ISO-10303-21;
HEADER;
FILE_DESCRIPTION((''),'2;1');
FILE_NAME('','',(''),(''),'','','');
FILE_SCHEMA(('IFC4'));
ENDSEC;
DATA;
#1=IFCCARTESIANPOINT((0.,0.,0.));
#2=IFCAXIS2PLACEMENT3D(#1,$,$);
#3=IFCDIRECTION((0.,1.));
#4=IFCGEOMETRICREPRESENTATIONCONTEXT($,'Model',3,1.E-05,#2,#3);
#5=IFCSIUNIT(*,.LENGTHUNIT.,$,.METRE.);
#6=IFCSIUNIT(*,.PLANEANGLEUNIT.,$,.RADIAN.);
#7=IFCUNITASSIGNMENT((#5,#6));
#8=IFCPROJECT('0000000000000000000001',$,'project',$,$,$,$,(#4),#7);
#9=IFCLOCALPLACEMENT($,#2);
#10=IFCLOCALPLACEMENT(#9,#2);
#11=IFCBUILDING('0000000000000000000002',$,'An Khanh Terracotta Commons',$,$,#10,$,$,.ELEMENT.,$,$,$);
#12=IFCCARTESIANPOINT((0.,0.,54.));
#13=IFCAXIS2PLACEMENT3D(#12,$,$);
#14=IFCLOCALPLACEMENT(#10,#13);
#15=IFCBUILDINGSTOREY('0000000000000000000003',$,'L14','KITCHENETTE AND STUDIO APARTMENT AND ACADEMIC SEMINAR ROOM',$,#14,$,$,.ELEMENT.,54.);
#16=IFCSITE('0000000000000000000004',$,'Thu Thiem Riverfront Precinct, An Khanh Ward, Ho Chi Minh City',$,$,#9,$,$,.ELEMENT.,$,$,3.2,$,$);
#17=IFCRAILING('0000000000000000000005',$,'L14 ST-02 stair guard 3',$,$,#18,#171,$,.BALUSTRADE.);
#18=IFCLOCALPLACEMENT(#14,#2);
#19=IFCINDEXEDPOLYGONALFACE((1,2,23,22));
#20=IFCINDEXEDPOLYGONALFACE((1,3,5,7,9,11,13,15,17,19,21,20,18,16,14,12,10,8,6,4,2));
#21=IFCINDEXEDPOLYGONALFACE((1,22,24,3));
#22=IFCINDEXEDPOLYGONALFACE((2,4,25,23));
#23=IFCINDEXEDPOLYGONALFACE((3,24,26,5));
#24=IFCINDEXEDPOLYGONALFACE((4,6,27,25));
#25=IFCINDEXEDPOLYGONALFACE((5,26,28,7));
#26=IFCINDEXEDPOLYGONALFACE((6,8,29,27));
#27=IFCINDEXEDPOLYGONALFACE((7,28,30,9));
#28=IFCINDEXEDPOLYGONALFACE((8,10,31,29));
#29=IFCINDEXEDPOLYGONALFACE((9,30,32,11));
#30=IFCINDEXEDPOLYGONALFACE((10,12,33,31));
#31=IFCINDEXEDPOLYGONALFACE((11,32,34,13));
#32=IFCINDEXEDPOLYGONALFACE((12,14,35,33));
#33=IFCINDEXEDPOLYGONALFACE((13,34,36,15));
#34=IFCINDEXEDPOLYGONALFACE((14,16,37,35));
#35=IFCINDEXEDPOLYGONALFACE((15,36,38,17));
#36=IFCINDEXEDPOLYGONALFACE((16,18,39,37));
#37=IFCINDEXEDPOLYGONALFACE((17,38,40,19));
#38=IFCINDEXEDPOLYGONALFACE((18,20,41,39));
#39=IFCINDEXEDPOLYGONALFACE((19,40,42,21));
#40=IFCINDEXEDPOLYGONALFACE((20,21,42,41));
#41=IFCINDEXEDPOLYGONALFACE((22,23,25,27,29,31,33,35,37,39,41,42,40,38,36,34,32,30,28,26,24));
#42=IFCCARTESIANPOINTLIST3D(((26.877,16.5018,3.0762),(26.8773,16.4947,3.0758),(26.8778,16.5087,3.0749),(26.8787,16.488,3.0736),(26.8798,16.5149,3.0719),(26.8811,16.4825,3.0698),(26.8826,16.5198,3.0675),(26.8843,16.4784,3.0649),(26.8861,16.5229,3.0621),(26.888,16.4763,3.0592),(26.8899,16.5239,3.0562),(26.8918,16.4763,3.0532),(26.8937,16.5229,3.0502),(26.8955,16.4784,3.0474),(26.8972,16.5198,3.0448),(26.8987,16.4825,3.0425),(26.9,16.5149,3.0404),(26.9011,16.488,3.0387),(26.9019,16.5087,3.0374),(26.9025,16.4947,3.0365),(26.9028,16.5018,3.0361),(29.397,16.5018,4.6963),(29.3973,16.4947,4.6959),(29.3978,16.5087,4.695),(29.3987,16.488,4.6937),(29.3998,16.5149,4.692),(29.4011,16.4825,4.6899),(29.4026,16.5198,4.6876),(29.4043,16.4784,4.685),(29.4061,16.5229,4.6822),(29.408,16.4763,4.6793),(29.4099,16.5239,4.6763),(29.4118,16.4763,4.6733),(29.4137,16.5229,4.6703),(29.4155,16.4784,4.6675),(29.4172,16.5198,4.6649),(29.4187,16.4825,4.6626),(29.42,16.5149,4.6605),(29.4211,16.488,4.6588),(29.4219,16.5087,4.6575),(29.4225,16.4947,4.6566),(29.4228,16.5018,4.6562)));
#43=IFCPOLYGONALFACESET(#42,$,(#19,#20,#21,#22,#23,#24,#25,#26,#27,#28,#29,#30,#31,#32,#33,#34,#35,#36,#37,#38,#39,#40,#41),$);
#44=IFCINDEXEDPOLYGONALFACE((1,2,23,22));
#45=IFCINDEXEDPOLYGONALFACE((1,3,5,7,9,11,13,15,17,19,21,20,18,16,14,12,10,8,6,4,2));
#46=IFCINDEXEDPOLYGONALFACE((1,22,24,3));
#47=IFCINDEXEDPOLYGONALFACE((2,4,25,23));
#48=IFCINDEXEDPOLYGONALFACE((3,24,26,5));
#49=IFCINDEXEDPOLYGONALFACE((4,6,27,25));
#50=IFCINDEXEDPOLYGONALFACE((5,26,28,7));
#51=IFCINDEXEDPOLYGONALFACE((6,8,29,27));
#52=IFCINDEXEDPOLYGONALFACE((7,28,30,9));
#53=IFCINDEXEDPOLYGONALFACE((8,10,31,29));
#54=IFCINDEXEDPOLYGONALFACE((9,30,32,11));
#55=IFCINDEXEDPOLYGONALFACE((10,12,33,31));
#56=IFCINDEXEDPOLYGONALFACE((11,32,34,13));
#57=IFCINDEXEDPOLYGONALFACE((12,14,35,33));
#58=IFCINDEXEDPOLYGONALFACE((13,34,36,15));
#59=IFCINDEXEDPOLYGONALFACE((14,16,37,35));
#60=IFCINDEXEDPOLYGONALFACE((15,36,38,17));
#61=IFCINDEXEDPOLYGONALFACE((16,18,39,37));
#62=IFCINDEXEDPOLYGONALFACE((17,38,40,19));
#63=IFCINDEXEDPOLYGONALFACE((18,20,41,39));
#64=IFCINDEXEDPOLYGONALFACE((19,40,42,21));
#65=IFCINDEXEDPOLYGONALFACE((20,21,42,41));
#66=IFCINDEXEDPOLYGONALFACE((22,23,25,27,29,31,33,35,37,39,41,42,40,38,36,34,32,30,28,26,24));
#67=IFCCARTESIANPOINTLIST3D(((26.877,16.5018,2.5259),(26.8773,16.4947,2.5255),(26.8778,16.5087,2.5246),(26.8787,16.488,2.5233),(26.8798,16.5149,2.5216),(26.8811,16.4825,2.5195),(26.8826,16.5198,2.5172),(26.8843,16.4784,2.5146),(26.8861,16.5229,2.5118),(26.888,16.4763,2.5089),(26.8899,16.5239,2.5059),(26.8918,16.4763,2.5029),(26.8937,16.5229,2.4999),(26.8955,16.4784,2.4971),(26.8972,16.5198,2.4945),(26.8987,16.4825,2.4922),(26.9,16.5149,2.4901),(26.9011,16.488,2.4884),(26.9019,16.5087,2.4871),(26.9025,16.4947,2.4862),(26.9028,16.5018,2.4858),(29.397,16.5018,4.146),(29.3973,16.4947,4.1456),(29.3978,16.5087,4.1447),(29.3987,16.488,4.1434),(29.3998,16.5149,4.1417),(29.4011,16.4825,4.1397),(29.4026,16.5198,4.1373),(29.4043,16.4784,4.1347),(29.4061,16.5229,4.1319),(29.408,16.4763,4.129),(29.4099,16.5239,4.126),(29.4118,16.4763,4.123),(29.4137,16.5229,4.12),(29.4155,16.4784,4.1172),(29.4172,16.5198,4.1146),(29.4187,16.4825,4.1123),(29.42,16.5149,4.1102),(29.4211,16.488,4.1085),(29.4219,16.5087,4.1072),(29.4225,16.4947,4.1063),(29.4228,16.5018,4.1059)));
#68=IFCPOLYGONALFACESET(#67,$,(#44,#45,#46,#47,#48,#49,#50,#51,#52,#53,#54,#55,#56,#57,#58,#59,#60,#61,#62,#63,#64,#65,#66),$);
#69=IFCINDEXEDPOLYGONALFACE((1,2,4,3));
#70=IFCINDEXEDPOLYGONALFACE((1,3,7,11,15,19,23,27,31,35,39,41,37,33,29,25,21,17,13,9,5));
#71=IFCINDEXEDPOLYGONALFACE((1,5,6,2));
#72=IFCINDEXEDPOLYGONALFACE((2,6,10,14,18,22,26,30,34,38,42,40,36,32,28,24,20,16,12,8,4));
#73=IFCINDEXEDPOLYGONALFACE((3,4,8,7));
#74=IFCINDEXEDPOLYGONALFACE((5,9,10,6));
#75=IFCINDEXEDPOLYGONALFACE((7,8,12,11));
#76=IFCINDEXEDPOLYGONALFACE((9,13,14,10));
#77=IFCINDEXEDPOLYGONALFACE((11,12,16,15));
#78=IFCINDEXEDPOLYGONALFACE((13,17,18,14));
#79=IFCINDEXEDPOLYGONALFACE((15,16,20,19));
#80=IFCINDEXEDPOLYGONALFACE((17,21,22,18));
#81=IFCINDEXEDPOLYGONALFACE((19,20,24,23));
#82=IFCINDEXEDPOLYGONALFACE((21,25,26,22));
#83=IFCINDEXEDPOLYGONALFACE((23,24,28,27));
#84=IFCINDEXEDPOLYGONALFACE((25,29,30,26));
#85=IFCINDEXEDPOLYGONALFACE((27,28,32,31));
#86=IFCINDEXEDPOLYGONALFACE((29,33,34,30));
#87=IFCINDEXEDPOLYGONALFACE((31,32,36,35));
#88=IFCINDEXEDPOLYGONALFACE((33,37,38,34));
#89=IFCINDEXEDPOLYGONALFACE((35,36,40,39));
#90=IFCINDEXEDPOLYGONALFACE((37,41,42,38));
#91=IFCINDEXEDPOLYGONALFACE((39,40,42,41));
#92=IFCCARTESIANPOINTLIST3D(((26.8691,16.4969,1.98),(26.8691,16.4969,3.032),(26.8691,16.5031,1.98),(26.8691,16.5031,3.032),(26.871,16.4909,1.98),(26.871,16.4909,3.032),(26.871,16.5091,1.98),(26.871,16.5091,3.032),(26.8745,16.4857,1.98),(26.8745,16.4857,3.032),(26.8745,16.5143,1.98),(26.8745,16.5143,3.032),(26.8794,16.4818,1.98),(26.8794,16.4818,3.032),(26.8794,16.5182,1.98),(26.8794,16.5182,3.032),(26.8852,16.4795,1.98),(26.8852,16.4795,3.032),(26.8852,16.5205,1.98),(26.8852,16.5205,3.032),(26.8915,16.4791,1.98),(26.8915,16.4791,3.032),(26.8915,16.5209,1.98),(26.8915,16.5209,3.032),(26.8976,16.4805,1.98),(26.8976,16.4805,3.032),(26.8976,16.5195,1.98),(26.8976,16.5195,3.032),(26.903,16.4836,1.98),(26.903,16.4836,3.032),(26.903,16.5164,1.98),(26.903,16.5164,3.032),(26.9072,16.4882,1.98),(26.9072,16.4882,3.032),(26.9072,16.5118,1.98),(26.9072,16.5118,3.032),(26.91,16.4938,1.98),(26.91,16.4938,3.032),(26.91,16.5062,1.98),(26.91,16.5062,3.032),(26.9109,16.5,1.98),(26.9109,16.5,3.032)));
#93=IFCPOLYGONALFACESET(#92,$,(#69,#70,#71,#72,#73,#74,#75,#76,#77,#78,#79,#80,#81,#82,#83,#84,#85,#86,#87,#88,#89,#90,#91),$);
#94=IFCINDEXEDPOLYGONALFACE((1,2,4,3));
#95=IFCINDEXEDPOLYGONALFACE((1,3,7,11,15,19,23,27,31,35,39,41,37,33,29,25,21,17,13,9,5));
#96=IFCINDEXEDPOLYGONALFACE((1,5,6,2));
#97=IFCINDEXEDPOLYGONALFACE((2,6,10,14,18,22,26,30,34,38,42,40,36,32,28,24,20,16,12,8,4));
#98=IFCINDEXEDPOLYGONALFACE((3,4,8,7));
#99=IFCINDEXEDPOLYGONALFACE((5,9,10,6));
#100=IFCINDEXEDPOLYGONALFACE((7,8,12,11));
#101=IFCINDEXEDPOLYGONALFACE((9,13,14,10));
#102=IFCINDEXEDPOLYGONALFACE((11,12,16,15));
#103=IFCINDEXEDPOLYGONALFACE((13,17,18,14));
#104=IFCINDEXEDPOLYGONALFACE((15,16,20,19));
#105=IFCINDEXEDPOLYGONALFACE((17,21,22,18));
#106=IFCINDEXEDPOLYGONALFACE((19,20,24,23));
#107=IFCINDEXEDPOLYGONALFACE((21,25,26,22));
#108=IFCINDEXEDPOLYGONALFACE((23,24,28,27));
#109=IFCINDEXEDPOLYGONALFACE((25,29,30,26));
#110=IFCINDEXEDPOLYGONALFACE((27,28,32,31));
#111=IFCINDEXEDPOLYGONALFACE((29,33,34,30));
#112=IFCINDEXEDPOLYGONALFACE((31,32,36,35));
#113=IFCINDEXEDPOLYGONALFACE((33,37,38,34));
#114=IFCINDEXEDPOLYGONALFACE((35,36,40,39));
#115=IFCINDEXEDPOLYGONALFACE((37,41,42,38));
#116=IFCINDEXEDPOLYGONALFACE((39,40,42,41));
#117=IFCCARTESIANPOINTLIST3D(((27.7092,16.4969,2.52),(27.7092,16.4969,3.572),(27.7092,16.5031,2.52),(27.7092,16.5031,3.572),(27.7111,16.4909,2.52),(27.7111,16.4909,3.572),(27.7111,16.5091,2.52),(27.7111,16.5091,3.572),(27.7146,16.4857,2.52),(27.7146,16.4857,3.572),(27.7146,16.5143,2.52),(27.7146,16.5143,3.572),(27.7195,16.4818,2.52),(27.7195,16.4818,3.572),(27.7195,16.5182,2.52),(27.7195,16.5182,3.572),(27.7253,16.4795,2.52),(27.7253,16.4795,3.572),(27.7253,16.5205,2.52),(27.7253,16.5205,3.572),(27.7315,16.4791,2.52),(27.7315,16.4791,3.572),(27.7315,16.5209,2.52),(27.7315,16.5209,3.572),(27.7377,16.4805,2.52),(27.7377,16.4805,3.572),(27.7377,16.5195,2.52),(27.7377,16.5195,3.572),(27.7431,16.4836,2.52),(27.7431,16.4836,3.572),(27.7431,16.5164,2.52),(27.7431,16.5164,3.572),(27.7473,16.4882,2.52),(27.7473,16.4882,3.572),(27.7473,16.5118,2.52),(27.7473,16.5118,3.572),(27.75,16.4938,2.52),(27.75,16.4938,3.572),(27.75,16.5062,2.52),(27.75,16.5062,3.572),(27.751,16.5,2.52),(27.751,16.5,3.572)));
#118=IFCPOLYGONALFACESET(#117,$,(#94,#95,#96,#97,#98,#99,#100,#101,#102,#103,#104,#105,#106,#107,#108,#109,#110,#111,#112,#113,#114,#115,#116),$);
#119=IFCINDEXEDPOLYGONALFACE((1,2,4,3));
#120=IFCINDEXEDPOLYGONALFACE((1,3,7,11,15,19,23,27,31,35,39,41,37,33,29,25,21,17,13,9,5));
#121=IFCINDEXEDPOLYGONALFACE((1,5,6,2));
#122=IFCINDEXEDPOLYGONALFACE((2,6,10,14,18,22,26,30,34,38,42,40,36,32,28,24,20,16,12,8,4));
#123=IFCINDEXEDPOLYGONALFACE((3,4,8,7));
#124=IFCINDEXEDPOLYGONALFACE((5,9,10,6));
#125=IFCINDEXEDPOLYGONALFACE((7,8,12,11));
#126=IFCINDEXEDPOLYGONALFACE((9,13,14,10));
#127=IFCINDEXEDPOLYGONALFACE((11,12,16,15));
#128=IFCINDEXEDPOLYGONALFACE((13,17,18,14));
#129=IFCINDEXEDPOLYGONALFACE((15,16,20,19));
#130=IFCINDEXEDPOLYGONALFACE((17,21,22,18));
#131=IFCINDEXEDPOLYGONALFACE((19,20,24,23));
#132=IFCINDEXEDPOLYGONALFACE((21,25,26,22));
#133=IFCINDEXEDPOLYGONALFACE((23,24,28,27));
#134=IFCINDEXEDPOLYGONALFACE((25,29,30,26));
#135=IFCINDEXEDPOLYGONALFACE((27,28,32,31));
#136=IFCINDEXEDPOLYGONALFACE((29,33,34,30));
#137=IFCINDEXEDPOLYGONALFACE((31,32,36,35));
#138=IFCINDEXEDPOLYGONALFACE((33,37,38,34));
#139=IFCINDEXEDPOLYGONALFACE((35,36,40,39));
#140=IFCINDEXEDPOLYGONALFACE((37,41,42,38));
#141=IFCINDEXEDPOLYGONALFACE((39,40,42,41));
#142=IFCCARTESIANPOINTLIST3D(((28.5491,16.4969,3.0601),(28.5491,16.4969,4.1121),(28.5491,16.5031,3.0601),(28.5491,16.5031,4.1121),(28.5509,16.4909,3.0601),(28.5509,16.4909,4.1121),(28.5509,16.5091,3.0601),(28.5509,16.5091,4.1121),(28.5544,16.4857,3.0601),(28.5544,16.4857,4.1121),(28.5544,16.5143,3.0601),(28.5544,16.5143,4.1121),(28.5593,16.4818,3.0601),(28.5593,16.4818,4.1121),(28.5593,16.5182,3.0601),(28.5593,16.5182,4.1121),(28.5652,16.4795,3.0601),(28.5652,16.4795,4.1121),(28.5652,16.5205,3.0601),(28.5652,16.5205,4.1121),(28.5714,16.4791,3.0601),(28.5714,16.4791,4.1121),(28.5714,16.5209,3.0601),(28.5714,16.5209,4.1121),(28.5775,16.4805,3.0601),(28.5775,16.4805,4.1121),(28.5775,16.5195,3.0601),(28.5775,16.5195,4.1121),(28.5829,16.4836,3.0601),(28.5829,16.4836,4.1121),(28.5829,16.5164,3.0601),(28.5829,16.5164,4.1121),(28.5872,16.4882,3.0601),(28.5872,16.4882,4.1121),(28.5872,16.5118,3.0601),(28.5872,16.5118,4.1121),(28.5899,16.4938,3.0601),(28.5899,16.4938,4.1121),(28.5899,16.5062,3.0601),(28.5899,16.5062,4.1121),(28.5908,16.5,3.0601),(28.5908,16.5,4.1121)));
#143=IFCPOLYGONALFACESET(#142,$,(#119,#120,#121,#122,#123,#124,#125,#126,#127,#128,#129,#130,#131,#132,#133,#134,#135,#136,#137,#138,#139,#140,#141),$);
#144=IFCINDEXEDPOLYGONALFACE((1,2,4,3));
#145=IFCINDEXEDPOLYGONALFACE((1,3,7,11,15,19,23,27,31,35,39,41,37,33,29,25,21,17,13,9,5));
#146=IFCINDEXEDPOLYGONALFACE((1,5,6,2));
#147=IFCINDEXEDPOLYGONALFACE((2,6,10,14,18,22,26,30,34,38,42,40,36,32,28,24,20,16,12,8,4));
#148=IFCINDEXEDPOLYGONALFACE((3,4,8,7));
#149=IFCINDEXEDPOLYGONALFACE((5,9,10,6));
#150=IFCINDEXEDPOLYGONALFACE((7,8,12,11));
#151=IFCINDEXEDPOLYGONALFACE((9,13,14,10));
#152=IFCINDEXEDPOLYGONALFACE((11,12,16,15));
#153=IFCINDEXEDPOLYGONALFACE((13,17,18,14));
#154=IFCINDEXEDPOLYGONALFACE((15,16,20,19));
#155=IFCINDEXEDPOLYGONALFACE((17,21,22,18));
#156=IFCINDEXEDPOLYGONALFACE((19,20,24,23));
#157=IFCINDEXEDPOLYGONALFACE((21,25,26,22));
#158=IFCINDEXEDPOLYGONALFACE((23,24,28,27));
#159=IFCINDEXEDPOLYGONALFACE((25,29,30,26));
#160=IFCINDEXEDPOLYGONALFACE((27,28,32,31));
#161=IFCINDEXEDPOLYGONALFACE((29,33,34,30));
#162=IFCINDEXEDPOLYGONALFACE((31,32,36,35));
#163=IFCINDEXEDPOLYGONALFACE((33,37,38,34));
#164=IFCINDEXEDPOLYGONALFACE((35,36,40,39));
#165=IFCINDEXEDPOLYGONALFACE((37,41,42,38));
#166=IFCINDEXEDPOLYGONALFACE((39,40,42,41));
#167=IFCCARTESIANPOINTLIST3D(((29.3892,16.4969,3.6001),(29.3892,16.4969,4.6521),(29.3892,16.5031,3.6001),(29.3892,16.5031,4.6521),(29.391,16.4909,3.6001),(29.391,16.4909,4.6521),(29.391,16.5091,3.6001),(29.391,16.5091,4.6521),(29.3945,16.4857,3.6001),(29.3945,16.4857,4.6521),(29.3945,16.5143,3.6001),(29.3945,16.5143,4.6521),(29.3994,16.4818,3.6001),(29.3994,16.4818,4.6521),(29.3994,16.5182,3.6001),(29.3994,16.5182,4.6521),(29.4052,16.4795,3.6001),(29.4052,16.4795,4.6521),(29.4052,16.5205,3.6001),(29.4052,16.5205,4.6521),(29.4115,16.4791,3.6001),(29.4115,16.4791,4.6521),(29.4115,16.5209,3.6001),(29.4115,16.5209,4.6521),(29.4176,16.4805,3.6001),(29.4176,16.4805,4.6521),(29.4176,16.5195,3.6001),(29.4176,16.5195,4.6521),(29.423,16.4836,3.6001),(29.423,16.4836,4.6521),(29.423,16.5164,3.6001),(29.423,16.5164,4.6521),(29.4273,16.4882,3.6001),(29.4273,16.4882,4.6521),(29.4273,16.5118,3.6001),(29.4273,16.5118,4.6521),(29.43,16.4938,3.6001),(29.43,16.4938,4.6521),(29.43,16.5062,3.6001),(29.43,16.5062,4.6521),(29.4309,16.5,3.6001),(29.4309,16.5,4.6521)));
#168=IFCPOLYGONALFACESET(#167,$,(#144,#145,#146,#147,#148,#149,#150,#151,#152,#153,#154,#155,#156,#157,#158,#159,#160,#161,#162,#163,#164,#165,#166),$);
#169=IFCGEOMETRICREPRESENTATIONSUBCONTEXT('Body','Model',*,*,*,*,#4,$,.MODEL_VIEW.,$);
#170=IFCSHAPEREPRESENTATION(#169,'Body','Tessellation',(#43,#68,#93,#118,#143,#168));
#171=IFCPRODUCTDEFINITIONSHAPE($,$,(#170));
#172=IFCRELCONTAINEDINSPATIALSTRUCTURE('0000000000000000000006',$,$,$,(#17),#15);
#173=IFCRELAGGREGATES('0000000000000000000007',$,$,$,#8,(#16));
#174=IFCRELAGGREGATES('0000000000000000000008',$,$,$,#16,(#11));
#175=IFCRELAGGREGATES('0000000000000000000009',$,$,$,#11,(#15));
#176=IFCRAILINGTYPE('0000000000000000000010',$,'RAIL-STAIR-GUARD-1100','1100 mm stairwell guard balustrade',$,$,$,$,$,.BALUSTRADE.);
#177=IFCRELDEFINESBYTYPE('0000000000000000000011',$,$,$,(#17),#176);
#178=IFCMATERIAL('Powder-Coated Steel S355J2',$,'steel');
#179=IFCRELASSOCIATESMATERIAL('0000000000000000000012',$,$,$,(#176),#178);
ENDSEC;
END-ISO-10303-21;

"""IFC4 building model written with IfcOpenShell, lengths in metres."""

from ifc_helpers import new_model, si_unit, direction, frame, origin, origin_2d, place, context, subcontext, project, spatial, circle, extrude, material, type_object, element, save


model = new_model("IFC4")

# Units and contexts
model_context = context("Model", 3, precision=1e-05, world=origin(), true_north=direction((0.0, 1.0)))
body_context = subcontext(model_context, "Body", "Model", "MODEL_VIEW")
ifc_project = project(units=[si_unit("LENGTHUNIT", "METRE"), si_unit("PLANEANGLEUNIT", "RADIAN")], contexts=[model_context])

# Site, building, storey
site_placement = place(None, origin())
site = spatial("IfcSite", under=ifc_project, at=site_placement, Name="Thu Thiem Riverfront Precinct, An Khanh Ward, Ho Chi Minh City", CompositionType="ELEMENT", RefElevation=3.2)
building_placement = place(site_placement, origin())
building = spatial("IfcBuilding", under=site, at=building_placement, Name="An Khanh Terracotta Commons", CompositionType="ELEMENT")
storey_placement = place(building_placement, frame((0.0, 0.0, 54.0)))
storey = spatial("IfcBuildingStorey", under=building, at=storey_placement, Name="L14", Description="KITCHENETTE AND STUDIO APARTMENT AND ACADEMIC SEMINAR ROOM", CompositionType="ELEMENT", Elevation=54.0)

# Railing
ifc_material_1 = material(Name="Powder-Coated Steel S355J2", Category="steel")
railing_type_1 = type_object("IfcRailingType", Name="RAIL-STAIR-GUARD-1100", Description="1100 mm stairwell guard balustrade", PredefinedType="BALUSTRADE", material=ifc_material_1)
railing_1_placement = place(storey_placement, frame((26.8899, 16.5, 1.98)))
element("IfcRailing", 1, at=railing_1_placement, inside=storey, type_object=railing_type_1, Name="L14 ST-02 stair guard 3", PredefinedType="BALUSTRADE", context=body_context, shape_type="SweptSolid", body=[
    extrude(circle(Radius=0.0239, at=origin_2d()), frame((0.0, 0.0, 1.0762), z_axis=(0.841163, 0.0, 0.540782), x_axis=(0.0, 1.0, 0.0)), (0.0, 0.0, 1.0), 2.9958),
    extrude(circle(Radius=0.0239, at=origin_2d()), frame((0.0, 0.0, 0.5259), z_axis=(0.841163, 0.0, 0.540782), x_axis=(0.0, 1.0, 0.0)), (0.0, 0.0, 1.0), 2.9958),
    extrude(circle(Radius=0.021, at=origin_2d()), origin(), (0.0, 0.0, 1.0), 1.052),
    extrude(circle(Radius=0.021, at=origin_2d()), frame((0.8401, 0.0, 0.54)), (0.0, 0.0, 1.0), 1.052),
    extrude(circle(Radius=0.021, at=origin_2d()), frame((1.6799, 0.0, 1.0801)), (0.0, 0.0, 1.0), 1.052),
    extrude(circle(Radius=0.021, at=origin_2d()), frame((2.52, 0.0, 1.6201)), (0.0, 0.0, 1.0), 1.052),
])

save(model, "model.ifc")
